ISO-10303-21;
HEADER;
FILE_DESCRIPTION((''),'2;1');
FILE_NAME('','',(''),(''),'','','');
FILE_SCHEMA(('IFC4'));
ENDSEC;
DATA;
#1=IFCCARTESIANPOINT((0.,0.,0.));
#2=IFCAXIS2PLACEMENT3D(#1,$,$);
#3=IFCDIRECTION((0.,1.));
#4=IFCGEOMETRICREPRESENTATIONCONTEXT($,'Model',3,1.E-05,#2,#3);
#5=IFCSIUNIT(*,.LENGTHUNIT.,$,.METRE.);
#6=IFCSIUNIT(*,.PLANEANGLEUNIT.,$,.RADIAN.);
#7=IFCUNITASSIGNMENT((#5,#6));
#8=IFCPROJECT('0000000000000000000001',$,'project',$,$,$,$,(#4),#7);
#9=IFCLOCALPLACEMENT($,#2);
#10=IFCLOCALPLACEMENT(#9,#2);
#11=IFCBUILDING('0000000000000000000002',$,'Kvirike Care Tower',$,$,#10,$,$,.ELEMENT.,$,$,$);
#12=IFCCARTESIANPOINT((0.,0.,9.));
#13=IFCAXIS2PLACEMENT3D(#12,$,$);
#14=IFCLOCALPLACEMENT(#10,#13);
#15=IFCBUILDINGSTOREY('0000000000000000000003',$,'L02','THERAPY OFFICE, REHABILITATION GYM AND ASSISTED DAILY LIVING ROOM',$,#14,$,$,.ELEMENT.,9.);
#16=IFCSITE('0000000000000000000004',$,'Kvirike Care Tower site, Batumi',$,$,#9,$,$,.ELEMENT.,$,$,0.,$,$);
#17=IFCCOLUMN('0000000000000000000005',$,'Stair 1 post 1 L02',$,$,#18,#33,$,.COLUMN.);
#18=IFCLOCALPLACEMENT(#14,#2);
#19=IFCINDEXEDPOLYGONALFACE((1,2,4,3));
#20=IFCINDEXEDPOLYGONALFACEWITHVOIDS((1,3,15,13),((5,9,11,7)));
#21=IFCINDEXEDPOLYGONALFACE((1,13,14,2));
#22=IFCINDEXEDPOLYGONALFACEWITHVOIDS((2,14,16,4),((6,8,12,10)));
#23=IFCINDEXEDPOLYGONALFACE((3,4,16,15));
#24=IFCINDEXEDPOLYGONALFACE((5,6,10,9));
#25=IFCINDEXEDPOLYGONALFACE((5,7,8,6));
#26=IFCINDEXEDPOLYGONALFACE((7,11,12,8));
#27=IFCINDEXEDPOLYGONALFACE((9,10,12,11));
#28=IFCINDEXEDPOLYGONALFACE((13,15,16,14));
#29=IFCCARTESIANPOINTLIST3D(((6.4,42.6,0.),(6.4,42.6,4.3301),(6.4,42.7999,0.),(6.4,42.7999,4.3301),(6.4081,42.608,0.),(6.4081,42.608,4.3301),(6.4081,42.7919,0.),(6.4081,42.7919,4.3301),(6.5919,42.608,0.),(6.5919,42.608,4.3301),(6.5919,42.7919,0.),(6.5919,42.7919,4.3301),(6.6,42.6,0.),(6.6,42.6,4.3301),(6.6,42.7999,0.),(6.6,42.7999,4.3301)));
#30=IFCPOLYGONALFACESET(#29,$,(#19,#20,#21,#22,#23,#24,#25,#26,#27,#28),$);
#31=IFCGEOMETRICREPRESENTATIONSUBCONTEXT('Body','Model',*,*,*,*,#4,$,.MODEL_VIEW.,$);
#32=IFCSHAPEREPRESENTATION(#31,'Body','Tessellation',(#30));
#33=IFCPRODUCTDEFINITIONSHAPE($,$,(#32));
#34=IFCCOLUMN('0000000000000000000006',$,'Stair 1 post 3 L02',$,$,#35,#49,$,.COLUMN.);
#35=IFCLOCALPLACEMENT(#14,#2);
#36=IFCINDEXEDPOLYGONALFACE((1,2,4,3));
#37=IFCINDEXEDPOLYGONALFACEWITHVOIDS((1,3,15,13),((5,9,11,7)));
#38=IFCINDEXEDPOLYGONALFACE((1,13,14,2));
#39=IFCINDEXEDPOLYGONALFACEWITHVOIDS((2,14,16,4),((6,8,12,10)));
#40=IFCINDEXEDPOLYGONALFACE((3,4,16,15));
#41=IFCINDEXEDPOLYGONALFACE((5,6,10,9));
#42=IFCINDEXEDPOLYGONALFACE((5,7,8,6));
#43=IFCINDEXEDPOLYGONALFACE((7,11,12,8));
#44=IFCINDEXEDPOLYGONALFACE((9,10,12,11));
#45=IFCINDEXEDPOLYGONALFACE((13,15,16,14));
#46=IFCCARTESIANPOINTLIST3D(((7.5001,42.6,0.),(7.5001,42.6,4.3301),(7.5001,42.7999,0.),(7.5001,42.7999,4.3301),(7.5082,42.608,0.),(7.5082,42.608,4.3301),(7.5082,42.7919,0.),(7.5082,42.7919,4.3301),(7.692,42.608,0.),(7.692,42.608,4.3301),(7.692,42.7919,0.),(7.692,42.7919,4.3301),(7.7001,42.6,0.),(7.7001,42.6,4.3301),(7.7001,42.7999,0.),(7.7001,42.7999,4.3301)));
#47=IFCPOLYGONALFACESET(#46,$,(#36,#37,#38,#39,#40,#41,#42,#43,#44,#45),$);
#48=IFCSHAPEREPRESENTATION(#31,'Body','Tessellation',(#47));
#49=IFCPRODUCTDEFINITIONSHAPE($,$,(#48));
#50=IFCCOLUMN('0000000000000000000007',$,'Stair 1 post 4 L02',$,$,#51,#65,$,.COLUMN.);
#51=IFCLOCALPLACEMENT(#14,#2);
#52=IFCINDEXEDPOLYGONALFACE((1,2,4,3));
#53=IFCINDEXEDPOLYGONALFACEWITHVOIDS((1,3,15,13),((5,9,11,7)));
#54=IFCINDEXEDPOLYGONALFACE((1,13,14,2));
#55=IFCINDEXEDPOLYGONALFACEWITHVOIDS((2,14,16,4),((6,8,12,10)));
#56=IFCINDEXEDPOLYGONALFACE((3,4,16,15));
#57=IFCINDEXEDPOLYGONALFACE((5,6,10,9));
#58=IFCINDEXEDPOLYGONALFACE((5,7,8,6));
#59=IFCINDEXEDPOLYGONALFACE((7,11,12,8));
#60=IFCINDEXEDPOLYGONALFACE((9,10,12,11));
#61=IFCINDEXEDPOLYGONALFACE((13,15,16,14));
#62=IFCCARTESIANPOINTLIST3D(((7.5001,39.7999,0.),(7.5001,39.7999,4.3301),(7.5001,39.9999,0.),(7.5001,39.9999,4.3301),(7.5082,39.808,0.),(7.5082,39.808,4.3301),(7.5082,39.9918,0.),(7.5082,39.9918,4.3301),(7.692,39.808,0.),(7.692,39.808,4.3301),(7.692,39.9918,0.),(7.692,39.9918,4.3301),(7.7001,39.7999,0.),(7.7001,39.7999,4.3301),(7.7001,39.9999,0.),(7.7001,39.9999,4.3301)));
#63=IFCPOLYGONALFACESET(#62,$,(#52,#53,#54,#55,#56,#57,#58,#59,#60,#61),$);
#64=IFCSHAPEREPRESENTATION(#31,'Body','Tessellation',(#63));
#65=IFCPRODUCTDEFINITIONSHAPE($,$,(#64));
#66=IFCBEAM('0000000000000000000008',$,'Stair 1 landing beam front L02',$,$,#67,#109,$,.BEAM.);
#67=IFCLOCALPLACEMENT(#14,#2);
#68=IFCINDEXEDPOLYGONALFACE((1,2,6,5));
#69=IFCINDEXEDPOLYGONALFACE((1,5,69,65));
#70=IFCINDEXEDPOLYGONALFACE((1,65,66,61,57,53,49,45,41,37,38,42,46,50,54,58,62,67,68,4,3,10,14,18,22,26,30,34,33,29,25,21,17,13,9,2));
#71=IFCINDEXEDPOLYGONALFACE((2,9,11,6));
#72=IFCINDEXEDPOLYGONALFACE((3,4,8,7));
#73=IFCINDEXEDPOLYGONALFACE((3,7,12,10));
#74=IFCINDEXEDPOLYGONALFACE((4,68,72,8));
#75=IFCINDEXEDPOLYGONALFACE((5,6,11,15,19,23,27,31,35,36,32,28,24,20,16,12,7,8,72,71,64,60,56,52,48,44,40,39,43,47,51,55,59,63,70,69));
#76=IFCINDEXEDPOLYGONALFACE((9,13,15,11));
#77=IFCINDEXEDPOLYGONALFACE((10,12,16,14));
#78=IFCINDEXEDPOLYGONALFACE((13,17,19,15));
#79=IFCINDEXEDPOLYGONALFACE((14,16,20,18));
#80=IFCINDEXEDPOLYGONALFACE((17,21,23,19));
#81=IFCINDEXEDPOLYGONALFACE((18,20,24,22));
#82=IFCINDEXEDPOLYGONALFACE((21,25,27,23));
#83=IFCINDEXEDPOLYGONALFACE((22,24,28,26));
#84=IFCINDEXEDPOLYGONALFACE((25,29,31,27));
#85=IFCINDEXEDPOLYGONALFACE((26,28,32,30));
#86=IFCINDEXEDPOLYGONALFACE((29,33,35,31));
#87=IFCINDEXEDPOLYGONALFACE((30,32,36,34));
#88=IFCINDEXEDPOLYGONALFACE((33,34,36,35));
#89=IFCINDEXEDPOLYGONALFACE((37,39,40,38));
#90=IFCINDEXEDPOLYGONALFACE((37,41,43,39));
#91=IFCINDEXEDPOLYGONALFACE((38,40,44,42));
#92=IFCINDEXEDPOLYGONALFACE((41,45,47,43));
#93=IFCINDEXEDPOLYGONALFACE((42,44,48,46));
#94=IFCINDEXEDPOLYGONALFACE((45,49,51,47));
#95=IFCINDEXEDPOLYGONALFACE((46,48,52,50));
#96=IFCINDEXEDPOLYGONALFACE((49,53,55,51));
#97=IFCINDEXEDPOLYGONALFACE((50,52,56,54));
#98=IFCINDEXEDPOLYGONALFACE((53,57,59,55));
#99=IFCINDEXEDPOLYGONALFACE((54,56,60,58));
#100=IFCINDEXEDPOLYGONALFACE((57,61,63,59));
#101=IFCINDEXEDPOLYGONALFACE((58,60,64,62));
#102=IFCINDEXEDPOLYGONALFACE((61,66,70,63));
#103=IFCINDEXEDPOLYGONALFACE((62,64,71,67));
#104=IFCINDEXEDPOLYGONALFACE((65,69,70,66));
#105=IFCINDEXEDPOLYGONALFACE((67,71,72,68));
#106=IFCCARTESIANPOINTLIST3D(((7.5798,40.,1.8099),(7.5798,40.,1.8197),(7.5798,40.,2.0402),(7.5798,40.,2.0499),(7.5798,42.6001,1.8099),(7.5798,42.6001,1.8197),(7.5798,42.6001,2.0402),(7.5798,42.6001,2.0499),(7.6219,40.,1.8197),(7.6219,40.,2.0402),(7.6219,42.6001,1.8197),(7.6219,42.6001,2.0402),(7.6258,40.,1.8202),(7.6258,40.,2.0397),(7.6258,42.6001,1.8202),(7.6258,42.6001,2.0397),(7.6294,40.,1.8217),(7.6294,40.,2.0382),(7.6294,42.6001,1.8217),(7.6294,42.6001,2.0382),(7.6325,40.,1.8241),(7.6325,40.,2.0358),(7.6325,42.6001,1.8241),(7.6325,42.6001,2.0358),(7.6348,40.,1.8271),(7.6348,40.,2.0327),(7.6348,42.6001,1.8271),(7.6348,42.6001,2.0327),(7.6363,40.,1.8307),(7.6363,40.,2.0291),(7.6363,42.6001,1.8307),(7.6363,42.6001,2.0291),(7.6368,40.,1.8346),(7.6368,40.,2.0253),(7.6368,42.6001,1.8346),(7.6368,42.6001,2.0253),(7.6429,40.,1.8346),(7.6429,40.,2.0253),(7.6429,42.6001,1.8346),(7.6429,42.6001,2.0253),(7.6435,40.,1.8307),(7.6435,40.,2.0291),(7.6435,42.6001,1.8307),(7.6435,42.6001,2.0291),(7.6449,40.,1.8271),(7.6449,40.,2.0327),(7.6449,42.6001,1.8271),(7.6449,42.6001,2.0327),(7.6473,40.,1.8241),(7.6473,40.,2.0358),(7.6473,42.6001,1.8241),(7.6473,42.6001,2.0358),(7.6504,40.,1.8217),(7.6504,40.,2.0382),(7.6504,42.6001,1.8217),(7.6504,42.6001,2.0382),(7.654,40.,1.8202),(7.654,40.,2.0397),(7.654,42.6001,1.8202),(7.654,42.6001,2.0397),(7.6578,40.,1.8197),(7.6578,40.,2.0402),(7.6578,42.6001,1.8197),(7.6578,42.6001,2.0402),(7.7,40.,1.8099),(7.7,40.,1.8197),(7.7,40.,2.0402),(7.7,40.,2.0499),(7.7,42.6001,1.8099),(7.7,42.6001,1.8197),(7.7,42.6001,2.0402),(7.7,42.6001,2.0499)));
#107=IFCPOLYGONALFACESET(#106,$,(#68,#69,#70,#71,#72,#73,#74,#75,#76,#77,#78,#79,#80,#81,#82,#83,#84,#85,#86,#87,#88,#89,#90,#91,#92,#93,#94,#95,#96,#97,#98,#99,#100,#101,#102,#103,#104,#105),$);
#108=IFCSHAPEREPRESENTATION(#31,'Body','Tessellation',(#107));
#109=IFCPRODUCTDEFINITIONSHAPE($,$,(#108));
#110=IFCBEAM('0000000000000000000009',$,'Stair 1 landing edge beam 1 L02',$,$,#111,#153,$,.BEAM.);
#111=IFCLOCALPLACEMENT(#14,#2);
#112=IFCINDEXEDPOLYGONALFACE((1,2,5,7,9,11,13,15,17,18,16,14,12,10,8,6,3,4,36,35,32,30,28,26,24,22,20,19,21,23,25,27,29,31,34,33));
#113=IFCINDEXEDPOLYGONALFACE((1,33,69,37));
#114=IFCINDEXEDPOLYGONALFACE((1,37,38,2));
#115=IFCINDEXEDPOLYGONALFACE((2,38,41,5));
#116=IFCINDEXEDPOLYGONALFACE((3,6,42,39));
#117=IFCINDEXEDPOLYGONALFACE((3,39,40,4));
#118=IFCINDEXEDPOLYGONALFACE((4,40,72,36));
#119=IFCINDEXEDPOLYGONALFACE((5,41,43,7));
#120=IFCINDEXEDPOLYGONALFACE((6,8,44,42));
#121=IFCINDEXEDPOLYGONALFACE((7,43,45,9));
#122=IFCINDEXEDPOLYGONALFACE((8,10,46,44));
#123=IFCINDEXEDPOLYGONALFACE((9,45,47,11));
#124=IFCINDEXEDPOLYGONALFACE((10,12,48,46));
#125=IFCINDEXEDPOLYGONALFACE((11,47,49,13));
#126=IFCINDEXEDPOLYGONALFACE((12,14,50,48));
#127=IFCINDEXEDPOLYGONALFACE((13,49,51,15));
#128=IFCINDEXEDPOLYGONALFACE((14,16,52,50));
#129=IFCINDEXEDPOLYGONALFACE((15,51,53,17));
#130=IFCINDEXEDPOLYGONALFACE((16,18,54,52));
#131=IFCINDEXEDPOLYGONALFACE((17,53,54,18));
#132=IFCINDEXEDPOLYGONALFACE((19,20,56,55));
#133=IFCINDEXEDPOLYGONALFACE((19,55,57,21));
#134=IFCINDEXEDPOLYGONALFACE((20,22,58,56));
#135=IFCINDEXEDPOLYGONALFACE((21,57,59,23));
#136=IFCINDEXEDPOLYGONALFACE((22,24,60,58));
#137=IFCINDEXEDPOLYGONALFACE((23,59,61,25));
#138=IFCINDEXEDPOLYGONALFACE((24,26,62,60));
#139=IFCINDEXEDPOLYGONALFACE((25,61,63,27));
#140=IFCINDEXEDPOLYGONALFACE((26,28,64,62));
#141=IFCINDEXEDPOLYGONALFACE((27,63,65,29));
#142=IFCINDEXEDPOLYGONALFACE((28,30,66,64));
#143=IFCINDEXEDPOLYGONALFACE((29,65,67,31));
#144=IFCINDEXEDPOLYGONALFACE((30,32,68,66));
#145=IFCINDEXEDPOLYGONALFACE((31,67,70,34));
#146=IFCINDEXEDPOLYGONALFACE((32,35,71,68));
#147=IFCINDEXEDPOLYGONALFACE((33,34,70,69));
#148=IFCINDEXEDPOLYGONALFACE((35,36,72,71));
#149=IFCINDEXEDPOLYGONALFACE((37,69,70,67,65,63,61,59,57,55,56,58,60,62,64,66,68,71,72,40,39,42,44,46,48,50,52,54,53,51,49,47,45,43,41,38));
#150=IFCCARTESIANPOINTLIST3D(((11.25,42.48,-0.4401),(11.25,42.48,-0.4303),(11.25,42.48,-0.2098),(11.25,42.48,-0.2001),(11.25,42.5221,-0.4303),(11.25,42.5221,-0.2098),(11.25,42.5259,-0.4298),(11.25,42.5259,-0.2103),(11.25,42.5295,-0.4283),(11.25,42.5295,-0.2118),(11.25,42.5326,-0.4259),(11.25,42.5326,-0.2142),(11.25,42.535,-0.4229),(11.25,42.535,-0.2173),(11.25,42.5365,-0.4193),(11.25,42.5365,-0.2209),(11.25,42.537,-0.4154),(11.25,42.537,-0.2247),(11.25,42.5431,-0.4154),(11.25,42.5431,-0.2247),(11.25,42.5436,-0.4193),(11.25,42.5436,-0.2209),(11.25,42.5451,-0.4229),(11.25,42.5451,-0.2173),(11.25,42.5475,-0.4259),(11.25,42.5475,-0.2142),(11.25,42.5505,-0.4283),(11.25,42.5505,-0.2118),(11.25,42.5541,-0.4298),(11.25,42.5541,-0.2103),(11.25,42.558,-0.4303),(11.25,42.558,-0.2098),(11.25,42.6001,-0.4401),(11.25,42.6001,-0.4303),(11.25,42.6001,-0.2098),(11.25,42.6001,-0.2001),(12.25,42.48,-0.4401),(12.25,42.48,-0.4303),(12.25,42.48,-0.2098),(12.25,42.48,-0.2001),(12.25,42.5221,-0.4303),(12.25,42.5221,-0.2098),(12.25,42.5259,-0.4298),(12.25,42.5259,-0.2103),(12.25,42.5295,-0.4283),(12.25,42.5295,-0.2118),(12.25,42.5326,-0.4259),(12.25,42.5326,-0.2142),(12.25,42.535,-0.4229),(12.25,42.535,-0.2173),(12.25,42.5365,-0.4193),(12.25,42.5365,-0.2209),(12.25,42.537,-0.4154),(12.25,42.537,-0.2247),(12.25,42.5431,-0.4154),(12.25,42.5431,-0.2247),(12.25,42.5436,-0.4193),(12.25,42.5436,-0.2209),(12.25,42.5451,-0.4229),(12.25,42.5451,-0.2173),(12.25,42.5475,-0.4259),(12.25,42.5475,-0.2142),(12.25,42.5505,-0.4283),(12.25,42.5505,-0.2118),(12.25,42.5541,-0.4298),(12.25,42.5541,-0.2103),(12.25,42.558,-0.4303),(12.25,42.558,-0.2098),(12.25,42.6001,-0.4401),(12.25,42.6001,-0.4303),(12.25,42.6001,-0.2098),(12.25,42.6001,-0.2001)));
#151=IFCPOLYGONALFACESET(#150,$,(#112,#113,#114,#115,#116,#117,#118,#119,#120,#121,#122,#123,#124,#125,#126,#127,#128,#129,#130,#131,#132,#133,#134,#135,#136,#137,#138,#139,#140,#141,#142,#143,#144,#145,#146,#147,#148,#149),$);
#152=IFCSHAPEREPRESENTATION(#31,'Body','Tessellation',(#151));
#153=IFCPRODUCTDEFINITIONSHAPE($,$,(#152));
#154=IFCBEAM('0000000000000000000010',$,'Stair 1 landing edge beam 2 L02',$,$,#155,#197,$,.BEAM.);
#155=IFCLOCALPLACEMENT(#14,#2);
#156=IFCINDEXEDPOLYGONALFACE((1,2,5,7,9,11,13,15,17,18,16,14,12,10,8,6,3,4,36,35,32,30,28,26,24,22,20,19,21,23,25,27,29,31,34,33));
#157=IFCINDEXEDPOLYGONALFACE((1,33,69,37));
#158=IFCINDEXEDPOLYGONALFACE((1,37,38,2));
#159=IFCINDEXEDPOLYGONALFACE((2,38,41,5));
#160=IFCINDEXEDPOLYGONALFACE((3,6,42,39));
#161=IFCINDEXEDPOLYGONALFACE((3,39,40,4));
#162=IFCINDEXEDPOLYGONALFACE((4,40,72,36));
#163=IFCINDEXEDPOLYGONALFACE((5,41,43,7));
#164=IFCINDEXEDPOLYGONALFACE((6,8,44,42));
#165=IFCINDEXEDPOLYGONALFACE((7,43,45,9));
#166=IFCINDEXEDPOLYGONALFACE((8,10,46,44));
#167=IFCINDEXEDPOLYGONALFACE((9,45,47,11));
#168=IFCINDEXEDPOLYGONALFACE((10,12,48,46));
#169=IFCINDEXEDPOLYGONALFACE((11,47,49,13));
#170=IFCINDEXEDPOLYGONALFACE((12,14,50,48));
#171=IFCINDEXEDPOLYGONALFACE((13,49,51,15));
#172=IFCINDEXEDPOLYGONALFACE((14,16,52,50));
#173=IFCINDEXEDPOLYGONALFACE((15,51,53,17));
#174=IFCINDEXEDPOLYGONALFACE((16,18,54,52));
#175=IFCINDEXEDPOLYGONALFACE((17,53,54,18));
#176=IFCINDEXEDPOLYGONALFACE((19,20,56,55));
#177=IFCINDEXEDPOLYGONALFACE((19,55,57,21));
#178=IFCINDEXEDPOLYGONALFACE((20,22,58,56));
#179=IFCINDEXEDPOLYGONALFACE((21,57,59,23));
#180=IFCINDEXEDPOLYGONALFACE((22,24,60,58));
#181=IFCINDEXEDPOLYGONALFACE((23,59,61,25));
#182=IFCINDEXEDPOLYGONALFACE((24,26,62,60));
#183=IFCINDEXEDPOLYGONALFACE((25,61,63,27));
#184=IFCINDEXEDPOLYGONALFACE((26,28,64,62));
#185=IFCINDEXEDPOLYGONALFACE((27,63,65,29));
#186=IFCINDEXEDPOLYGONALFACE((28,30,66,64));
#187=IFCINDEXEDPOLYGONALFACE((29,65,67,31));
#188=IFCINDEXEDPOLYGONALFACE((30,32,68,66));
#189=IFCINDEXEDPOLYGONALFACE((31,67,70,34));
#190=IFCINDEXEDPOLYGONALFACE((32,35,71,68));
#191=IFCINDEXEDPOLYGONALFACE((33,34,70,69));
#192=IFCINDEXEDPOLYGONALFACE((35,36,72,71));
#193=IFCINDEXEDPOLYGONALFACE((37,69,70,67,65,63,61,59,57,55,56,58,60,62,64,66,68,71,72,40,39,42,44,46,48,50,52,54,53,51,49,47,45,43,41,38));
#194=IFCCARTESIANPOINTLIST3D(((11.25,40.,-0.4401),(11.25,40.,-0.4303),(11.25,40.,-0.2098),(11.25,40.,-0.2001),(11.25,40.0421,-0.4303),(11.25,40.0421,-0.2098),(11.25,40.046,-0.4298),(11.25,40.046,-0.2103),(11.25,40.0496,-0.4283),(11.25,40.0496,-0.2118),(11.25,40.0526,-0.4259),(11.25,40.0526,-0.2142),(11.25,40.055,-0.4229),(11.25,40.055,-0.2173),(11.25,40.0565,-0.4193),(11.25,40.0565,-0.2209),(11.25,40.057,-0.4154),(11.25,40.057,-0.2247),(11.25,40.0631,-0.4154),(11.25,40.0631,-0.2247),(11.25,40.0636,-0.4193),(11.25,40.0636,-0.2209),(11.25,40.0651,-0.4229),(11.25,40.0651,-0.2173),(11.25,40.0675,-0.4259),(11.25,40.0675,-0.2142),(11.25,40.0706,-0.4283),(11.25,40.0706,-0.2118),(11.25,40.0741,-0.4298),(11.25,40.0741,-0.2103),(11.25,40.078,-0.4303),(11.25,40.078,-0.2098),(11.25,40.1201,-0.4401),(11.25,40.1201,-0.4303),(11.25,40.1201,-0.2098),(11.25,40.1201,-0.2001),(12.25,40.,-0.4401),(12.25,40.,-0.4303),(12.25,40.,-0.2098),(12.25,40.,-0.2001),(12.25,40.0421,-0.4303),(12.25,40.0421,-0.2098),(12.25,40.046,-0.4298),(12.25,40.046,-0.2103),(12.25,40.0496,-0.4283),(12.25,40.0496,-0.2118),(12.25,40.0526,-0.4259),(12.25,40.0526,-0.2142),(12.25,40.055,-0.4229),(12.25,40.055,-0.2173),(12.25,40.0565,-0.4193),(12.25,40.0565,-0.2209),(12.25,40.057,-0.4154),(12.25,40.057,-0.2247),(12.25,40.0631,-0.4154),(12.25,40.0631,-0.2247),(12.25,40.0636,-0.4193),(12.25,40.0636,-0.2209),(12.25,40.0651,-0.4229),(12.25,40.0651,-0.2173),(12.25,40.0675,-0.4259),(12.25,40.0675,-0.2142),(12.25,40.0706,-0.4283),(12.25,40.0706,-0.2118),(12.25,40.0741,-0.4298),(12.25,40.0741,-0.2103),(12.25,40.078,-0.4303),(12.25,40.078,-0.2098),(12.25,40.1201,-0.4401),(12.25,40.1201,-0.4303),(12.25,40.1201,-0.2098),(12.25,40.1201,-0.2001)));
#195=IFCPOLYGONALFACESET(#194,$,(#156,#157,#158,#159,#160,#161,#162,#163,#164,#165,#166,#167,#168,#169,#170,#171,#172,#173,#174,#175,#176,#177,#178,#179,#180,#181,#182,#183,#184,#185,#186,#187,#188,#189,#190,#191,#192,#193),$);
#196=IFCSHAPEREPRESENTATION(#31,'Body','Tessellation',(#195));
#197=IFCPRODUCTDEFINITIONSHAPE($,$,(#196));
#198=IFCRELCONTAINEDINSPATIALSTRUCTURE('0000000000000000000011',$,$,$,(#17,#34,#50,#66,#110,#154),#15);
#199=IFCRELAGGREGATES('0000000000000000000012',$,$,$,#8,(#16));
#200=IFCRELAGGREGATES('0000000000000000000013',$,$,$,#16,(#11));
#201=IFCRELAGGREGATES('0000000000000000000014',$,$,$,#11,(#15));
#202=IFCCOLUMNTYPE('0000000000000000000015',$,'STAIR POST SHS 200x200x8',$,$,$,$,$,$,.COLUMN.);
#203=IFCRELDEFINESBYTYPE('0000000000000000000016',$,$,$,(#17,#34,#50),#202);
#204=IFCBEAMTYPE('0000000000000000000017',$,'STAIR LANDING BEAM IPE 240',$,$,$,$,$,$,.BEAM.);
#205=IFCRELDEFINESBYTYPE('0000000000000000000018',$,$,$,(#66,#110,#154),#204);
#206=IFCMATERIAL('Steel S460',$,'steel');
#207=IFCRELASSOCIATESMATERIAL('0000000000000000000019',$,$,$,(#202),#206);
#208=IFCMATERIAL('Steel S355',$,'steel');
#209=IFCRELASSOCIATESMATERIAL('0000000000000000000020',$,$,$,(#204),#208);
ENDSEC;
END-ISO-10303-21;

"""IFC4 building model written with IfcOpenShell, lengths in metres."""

from ifc_helpers import new_model, si_unit, direction, frame, origin, origin_2d, place, context, subcontext, project, spatial, hollow_rectangle, i_section, extrude, material, material_profile, profile_set, type_object, element, save


model = new_model("IFC4")

# Units and contexts
model_context = context("Model", 3, precision=1e-05, world=origin(), true_north=direction((0.0, 1.0)))
body_context = subcontext(model_context, "Body", "Model", "MODEL_VIEW")
ifc_project = project(units=[si_unit("LENGTHUNIT", "METRE"), si_unit("PLANEANGLEUNIT", "RADIAN")], contexts=[model_context])

# Site, building, storey
site_placement = place(None, origin())
site = spatial("IfcSite", under=ifc_project, at=site_placement, Name="Kvirike Care Tower site, Batumi", CompositionType="ELEMENT", RefElevation=0.0)
building_placement = place(site_placement, origin())
building = spatial("IfcBuilding", under=site, at=building_placement, Name="Kvirike Care Tower", CompositionType="ELEMENT")
storey_placement = place(building_placement, frame((0.0, 0.0, 9.0)))
storey = spatial("IfcBuildingStorey", under=building, at=storey_placement, Name="L02", Description="THERAPY OFFICE, REHABILITATION GYM AND ASSISTED DAILY LIVING ROOM", CompositionType="ELEMENT", Elevation=9.0)

# Columns
ifc_material_1 = material(Name="Steel S460", Category="steel")
ifc_material_profile_1 = material_profile(ifc_material_1, hollow_rectangle(XDim=0.2, YDim=0.2, WallThickness=0.0081, at=origin_2d()), Name="SHS 200x200x8")
ifc_profile_set_1 = profile_set([ifc_material_profile_1], Name="Steel S460")
column_type = type_object("IfcColumnType", Name="STAIR POST SHS 200x200x8", PredefinedType="COLUMN", material=ifc_profile_set_1)
for number, where, z_axis, x_axis, name in (
    (1, (6.5, 42.7, 0.0), (0.0, 0.0, 1.0), (1.0, 0.0, 0.0), "Stair 1 post 1 L02"),
    (2, (7.6001, 42.7, 0.0), (0.0, 0.0, 1.0), (1.0, 0.0, 0.0), "Stair 1 post 3 L02"),
    (3, (7.6001, 39.8999, 0.0), (0.0, 0.0, 1.0), (1.0, 0.0, 0.0), "Stair 1 post 4 L02"),
):
    element("IfcColumn", number, at=place(storey_placement, frame(where, z_axis=z_axis, x_axis=x_axis)), inside=storey, type_object=column_type, Name=name, PredefinedType="COLUMN", context=body_context, shape_type="SweptSolid", body=[
        extrude(hollow_rectangle(XDim=0.2, YDim=0.2, WallThickness=0.0081, at=origin_2d()), origin(), (0.0, 0.0, 1.0), 4.3301),
    ])

# Beams
ifc_material_2 = material(Name="Steel S355", Category="steel")
ifc_material_profile_2 = material_profile(ifc_material_2, i_section(OverallWidth=0.1201, OverallDepth=0.24, WebThickness=0.0061, FlangeThickness=0.0098, FilletRadius=0.0149, at=origin_2d()), Name="IPE 240")
ifc_profile_set_2 = profile_set([ifc_material_profile_2], Name="Steel S355")
beam_type = type_object("IfcBeamType", Name="STAIR LANDING BEAM IPE 240", PredefinedType="BEAM", material=ifc_profile_set_2)
beam_placement = place(storey_placement, frame((7.6399, 42.6001, 1.9299), z_axis=(0.0, -1.0, 0.0), x_axis=(1.0, 0.0, 0.0)))
element("IfcBeam", 4, at=beam_placement, inside=storey, type_object=beam_type, Name="Stair 1 landing beam front L02", PredefinedType="BEAM", context=body_context, shape_type="SweptSolid", body=[
    extrude(i_section(OverallWidth=0.1201, OverallDepth=0.24, WebThickness=0.0061, FlangeThickness=0.0098, FilletRadius=0.0149, at=origin_2d()), origin(), (0.0, 0.0, 1.0), 2.6001),
])
for number, where, z_axis, x_axis, name in (
    (5, (11.25, 42.54, -0.3201), (1.0, 0.0, 0.0), (0.0, 1.0, 0.0), "Stair 1 landing edge beam 1 L02"),
    (6, (11.25, 40.0601, -0.3201), (1.0, 0.0, 0.0), (0.0, 1.0, 0.0), "Stair 1 landing edge beam 2 L02"),
):
    element("IfcBeam", number, at=place(storey_placement, frame(where, z_axis=z_axis, x_axis=x_axis)), inside=storey, type_object=beam_type, Name=name, PredefinedType="BEAM", context=body_context, shape_type="SweptSolid", body=[
        extrude(i_section(OverallWidth=0.1201, OverallDepth=0.24, WebThickness=0.0061, FlangeThickness=0.0098, FilletRadius=0.0149, at=origin_2d()), origin(), (0.0, 0.0, 1.0), 1.0),
    ])

save(model, "model.ifc")
